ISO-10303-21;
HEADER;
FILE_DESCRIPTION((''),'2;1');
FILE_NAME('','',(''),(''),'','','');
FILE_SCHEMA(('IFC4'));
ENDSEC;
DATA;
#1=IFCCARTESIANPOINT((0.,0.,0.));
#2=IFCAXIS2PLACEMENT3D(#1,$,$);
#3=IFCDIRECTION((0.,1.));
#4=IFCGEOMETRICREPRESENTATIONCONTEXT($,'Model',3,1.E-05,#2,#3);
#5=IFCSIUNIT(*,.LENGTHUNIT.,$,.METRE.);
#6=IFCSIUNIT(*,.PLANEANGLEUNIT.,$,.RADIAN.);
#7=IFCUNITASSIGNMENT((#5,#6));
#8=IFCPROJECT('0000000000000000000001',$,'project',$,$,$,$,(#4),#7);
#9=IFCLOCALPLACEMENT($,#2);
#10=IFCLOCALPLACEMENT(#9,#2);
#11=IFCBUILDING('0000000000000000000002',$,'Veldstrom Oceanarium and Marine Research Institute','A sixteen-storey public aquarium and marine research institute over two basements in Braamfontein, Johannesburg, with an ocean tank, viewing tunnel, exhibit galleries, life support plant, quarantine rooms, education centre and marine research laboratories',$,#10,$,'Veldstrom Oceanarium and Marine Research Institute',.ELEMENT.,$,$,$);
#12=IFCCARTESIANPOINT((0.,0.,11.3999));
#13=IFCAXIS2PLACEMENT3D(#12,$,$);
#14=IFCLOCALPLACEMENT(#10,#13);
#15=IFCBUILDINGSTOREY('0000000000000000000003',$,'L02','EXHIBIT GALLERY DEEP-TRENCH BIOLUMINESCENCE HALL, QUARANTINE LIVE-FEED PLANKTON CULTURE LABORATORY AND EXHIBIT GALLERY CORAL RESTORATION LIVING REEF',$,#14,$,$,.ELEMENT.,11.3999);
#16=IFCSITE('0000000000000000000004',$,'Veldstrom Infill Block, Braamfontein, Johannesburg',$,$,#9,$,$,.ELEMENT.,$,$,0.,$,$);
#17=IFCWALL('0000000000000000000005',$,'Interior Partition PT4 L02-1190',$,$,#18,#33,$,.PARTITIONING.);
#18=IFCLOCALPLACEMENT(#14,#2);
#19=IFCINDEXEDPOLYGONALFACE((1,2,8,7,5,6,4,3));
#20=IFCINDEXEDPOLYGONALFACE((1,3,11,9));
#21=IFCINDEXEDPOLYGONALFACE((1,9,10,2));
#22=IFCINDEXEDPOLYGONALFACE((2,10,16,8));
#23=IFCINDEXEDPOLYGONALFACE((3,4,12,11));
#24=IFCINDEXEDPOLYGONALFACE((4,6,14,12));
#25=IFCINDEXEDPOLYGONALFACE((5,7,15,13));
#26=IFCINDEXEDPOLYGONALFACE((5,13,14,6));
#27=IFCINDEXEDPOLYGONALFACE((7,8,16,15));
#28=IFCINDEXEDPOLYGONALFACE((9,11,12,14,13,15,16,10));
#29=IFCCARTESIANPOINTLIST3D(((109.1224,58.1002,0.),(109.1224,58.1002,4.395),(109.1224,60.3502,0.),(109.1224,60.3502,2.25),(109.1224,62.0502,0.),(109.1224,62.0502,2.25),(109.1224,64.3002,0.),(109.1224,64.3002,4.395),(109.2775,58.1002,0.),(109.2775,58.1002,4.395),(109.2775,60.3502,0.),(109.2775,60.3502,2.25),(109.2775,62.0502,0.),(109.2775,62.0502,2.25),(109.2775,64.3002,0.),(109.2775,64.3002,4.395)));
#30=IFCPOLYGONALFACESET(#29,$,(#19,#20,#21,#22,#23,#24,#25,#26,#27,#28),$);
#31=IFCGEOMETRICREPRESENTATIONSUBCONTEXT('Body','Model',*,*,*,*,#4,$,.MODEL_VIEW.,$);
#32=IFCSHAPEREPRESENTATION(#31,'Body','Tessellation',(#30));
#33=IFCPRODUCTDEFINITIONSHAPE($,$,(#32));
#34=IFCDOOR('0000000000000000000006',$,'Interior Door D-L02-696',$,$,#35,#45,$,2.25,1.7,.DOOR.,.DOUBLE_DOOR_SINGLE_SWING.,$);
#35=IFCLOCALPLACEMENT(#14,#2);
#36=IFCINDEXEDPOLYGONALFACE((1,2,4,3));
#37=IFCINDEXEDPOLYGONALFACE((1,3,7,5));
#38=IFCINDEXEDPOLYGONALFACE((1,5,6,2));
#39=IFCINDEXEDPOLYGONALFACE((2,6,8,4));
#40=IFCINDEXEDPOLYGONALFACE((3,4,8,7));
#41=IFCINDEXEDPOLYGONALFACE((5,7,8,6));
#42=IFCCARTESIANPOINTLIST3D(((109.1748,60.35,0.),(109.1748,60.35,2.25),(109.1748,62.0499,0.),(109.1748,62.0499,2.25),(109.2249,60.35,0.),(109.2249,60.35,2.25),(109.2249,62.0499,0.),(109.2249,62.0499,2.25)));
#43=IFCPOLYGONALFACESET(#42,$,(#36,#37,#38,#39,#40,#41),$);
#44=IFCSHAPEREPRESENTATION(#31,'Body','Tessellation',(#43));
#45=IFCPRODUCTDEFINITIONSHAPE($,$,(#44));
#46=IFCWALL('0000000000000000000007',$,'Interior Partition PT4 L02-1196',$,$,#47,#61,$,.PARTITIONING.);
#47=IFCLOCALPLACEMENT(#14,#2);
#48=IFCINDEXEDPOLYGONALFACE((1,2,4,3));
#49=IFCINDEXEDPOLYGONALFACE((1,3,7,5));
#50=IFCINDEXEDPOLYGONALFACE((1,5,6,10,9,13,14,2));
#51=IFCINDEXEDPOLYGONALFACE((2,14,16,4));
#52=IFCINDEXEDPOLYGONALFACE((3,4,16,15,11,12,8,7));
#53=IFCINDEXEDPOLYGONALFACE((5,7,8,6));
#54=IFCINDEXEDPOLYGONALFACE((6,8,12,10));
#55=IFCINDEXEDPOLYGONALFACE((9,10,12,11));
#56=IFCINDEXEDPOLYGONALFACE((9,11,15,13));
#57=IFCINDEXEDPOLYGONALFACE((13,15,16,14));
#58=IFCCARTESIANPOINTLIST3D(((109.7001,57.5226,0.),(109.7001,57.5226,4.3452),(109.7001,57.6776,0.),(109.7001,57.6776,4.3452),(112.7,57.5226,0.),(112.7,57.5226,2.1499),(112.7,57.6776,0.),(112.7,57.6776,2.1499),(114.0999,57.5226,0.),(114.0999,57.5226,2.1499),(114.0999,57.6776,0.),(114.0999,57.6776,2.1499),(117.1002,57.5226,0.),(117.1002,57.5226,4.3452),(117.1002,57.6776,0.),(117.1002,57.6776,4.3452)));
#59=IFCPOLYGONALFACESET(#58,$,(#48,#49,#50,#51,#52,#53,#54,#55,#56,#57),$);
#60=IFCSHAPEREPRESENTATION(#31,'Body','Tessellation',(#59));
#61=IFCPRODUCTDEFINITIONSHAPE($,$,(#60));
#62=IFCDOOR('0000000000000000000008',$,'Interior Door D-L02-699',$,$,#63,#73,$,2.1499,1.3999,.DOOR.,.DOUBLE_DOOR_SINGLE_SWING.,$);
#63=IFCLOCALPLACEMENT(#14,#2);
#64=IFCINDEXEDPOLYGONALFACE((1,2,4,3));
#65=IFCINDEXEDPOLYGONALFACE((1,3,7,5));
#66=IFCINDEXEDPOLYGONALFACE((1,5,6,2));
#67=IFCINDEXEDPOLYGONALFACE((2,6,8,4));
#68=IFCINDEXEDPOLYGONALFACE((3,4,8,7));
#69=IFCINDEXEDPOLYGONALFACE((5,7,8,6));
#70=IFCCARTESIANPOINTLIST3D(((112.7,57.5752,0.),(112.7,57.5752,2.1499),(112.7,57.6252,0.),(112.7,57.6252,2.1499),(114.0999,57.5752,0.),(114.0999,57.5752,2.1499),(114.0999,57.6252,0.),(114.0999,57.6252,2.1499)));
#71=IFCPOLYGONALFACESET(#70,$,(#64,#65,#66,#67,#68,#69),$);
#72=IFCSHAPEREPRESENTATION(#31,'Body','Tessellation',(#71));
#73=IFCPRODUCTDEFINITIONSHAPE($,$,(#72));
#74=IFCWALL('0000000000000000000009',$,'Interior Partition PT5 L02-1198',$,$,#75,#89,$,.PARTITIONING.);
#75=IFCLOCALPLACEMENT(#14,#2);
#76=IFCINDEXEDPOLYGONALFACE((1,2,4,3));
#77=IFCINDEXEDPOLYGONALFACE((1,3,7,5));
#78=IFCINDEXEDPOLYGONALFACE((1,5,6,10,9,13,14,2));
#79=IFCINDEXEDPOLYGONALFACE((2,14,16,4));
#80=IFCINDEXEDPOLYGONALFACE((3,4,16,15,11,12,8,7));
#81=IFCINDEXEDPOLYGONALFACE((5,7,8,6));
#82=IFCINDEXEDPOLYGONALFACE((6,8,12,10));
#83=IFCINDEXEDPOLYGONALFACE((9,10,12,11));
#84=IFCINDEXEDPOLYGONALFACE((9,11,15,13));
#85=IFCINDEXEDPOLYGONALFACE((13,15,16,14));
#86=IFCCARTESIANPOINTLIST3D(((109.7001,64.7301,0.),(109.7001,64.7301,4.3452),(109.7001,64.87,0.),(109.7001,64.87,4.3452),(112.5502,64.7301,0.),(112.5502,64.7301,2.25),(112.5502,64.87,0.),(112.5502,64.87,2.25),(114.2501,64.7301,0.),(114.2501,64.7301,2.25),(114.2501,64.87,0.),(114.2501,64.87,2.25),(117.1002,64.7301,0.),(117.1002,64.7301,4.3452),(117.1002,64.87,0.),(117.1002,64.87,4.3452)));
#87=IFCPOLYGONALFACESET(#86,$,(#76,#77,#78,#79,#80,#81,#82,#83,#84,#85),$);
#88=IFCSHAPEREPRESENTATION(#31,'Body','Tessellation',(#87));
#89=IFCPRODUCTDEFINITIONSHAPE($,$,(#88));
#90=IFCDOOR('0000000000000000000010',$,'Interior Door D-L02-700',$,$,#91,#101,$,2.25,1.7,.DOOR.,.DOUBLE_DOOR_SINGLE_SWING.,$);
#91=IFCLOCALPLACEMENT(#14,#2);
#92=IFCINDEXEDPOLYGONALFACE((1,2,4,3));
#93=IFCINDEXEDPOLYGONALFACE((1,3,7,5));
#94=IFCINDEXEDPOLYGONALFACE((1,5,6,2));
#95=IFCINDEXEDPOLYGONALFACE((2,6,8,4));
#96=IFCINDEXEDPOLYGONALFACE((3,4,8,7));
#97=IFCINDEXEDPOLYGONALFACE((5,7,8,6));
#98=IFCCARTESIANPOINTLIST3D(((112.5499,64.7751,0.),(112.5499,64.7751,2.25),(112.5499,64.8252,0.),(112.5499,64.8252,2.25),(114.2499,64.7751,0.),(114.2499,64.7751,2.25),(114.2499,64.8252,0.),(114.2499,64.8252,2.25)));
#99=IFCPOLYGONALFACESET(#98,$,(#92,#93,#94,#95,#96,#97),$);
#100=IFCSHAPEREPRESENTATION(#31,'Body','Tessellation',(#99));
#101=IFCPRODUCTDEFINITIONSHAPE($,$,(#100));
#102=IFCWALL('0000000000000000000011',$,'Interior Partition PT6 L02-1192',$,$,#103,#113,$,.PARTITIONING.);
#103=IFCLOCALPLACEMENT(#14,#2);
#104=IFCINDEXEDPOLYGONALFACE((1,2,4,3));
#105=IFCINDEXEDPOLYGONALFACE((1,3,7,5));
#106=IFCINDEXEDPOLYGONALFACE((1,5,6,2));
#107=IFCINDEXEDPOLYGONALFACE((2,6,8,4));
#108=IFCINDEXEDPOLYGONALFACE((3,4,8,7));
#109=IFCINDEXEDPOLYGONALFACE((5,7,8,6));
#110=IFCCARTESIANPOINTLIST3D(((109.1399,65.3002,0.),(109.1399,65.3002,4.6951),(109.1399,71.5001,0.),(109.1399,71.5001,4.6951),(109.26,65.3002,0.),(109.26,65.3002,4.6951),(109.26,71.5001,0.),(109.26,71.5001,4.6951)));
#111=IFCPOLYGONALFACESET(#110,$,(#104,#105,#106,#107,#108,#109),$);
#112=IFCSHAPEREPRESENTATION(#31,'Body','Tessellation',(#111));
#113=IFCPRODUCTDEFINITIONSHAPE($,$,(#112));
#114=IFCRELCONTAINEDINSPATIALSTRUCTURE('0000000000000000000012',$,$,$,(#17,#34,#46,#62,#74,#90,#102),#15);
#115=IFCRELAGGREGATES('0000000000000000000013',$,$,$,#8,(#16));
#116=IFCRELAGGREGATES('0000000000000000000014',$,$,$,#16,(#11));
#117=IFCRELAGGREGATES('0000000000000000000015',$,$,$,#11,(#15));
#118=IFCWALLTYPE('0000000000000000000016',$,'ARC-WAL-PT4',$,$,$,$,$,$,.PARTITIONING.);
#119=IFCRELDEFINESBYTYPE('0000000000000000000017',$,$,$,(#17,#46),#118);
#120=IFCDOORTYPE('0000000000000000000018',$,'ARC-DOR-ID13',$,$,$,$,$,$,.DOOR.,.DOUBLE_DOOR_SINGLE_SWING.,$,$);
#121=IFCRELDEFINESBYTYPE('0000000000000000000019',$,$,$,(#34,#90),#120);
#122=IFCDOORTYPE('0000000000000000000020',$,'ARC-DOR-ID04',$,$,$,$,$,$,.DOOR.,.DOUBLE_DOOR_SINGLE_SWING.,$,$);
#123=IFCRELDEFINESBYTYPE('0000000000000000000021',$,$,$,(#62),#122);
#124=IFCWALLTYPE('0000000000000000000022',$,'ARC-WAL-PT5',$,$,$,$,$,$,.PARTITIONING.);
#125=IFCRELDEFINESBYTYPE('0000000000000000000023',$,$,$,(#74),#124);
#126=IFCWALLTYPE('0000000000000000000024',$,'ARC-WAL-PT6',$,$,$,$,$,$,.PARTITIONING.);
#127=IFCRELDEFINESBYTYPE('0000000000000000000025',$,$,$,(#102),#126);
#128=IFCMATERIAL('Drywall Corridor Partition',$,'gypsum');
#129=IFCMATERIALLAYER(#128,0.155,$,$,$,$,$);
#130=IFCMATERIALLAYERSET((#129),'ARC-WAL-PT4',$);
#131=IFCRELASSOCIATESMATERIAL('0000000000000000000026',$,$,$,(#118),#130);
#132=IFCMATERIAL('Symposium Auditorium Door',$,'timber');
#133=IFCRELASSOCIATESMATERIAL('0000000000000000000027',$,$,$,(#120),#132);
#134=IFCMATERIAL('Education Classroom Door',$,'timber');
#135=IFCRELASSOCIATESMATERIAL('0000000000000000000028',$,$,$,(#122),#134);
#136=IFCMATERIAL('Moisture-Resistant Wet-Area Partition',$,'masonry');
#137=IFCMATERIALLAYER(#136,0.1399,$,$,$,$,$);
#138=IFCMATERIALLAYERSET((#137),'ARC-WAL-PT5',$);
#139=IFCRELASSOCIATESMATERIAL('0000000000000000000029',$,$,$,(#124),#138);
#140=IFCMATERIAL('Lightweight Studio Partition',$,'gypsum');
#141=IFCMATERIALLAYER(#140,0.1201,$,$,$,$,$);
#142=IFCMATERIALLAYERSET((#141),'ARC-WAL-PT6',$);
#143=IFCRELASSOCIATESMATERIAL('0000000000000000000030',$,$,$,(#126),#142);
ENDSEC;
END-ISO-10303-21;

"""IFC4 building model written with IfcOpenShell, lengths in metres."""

from ifc_helpers import new_model, si_unit, direction, frame, frame_2d, origin, place, context, subcontext, project, spatial, rectangle, extrude, material, layer, layer_set, type_object, element, fill, save


model = new_model("IFC4")

# Units and contexts
model_context = context("Model", 3, precision=1e-05, world=origin(), true_north=direction((0.0, 1.0)))
body_context = subcontext(model_context, "Body", "Model", "MODEL_VIEW")
ifc_project = project(units=[si_unit("LENGTHUNIT", "METRE"), si_unit("PLANEANGLEUNIT", "RADIAN")], contexts=[model_context])

# Site, building, storey
site_placement = place(None, origin())
site = spatial("IfcSite", under=ifc_project, at=site_placement, Name="Veldstrom Infill Block, Braamfontein, Johannesburg", CompositionType="ELEMENT", RefElevation=0.0)
building_placement = place(site_placement, origin())
building = spatial("IfcBuilding", under=site, at=building_placement, Name="Veldstrom Oceanarium and Marine Research Institute", Description="A sixteen-storey public aquarium and marine research institute over two basements in Braamfontein, Johannesburg, with an ocean tank, viewing tunnel, exhibit galleries, life support plant, quarantine rooms, education centre and marine research laboratories", LongName="Veldstrom Oceanarium and Marine Research Institute", CompositionType="ELEMENT")
storey_placement = place(building_placement, frame((0.0, 0.0, 11.3999)))
storey = spatial("IfcBuildingStorey", under=building, at=storey_placement, Name="L02", Description="EXHIBIT GALLERY DEEP-TRENCH BIOLUMINESCENCE HALL, QUARANTINE LIVE-FEED PLANKTON CULTURE LABORATORY AND EXHIBIT GALLERY CORAL RESTORATION LIVING REEF", CompositionType="ELEMENT", Elevation=11.3999)

# Walls, openings, doors
ifc_material_1 = material(Name="Drywall Corridor Partition", Category="gypsum")
ifc_layer_1 = layer(ifc_material_1, 0.155)
ifc_layer_set_1 = layer_set([ifc_layer_1], Name="ARC-WAL-PT4")
wall_type_1 = type_object("IfcWallType", Name="ARC-WAL-PT4", PredefinedType="PARTITIONING", material=ifc_layer_set_1)
wall_1_placement = place(storey_placement, frame((109.2, 58.1001, 0.0), z_axis=(0.0, 0.0, 1.0), x_axis=(0.0, 1.0, 0.0)))
wall_1 = element("IfcWall", 1, at=wall_1_placement, inside=storey, type_object=wall_type_1, Name="Interior Partition PT4 L02-1190", PredefinedType="PARTITIONING", context=body_context, shape_type="SweptSolid", body=[
    extrude(rectangle(XDim=6.2, YDim=0.155, at=frame_2d((3.1001, 0.0))), origin(), (0.0, 0.0, 1.0), 4.395),
])
opening_1_placement = place(wall_1_placement, frame((2.25, 0.0, 0.0)))
opening_1 = element("IfcOpeningElement", 2, at=opening_1_placement, cuts=wall_1, PredefinedType="OPENING", context=body_context, shape_type="SweptSolid", body=[
    extrude(rectangle(XDim=1.7, YDim=2.25, at=frame_2d((0.8501, 1.125))), frame((0.0, 0.0874, 0.0), z_axis=(0.0, -1.0, 0.0), x_axis=(1.0, 0.0, 0.0)), (0.0, 0.0, 1.0), 0.175),
])
ifc_material_2 = material(Name="Symposium Auditorium Door", Category="timber")
door_type_1 = type_object("IfcDoorType", Name="ARC-DOR-ID13", OperationType="DOUBLE_DOOR_SINGLE_SWING", PredefinedType="DOOR", material=ifc_material_2)
door_1_placement = place(opening_1_placement, frame((1.7, 0.0, 0.0), z_axis=(0.0, 0.0, 1.0), x_axis=(-1.0, 0.0, 0.0)))
door_1 = element("IfcDoor", 3, at=door_1_placement, inside=storey, type_object=door_type_1, Name="Interior Door D-L02-696", OperationType="DOUBLE_DOOR_SINGLE_SWING", OverallHeight=2.25, OverallWidth=1.7, PredefinedType="DOOR", context=body_context, shape_type="SweptSolid", body=[
    extrude(rectangle(XDim=1.7, YDim=2.25, at=frame_2d((0.8501, 1.125))), frame((0.0, 0.0249, 0.0), z_axis=(0.0, -1.0, 0.0), x_axis=(1.0, 0.0, 0.0)), (0.0, 0.0, 1.0), 0.05),
])
fill(opening_1, door_1)
wall_2_placement = place(storey_placement, frame((109.7, 57.6001, 0.0), z_axis=(0.0, 0.0, 1.0), x_axis=(1.0, 0.0, 0.0)))
wall_2 = element("IfcWall", 4, at=wall_2_placement, inside=storey, type_object=wall_type_1, Name="Interior Partition PT4 L02-1196", PredefinedType="PARTITIONING", context=body_context, shape_type="SweptSolid", body=[
    extrude(rectangle(XDim=7.4001, YDim=0.155, at=frame_2d((3.7002, 0.0))), origin(), (0.0, 0.0, 1.0), 4.3452),
])
opening_2_placement = place(wall_2_placement, frame((3.0, 0.0, 0.0)))
opening_2 = element("IfcOpeningElement", 5, at=opening_2_placement, cuts=wall_2, PredefinedType="OPENING", context=body_context, shape_type="SweptSolid", body=[
    extrude(rectangle(XDim=1.3999, YDim=2.1499, at=frame_2d((0.7, 1.075))), frame((0.0, 0.0874, 0.0), z_axis=(0.0, -1.0, 0.0), x_axis=(1.0, 0.0, 0.0)), (0.0, 0.0, 1.0), 0.175),
])
ifc_material_3 = material(Name="Education Classroom Door", Category="timber")
door_type_2 = type_object("IfcDoorType", Name="ARC-DOR-ID04", OperationType="DOUBLE_DOOR_SINGLE_SWING", PredefinedType="DOOR", material=ifc_material_3)
door_2_placement = place(opening_2_placement, frame((1.3999, 0.0, 0.0), z_axis=(0.0, 0.0, 1.0), x_axis=(-1.0, 0.0, 0.0)))
door_2 = element("IfcDoor", 6, at=door_2_placement, inside=storey, type_object=door_type_2, Name="Interior Door D-L02-699", OperationType="DOUBLE_DOOR_SINGLE_SWING", OverallHeight=2.1499, OverallWidth=1.3999, PredefinedType="DOOR", context=body_context, shape_type="SweptSolid", body=[
    extrude(rectangle(XDim=1.3999, YDim=2.1499, at=frame_2d((0.7, 1.075))), frame((0.0, 0.0249, 0.0), z_axis=(0.0, -1.0, 0.0), x_axis=(1.0, 0.0, 0.0)), (0.0, 0.0, 1.0), 0.05),
])
fill(opening_2, door_2)
ifc_material_4 = material(Name="Moisture-Resistant Wet-Area Partition", Category="masonry")
ifc_layer_2 = layer(ifc_material_4, 0.1399)
ifc_layer_set_2 = layer_set([ifc_layer_2], Name="ARC-WAL-PT5")
wall_type_2 = type_object("IfcWallType", Name="ARC-WAL-PT5", PredefinedType="PARTITIONING", material=ifc_layer_set_2)
wall_3_placement = place(storey_placement, frame((109.7, 64.8, 0.0), z_axis=(0.0, 0.0, 1.0), x_axis=(1.0, 0.0, 0.0)))
wall_3 = element("IfcWall", 7, at=wall_3_placement, inside=storey, type_object=wall_type_2, Name="Interior Partition PT5 L02-1198", PredefinedType="PARTITIONING", context=body_context, shape_type="SweptSolid", body=[
    extrude(rectangle(XDim=7.4001, YDim=0.1399, at=frame_2d((3.7002, 0.0))), origin(), (0.0, 0.0, 1.0), 4.3452),
])
opening_3_placement = place(wall_3_placement, frame((2.8501, 0.0, 0.0)))
opening_3 = element("IfcOpeningElement", 8, at=opening_3_placement, cuts=wall_3, PredefinedType="OPENING", context=body_context, shape_type="SweptSolid", body=[
    extrude(rectangle(XDim=1.7, YDim=2.25, at=frame_2d((0.8501, 1.125))), frame((0.0, 0.0798, 0.0), z_axis=(0.0, -1.0, 0.0), x_axis=(1.0, 0.0, 0.0)), (0.0, 0.0, 1.0), 0.1599),
])
door_3_placement = place(opening_3_placement, frame((1.7, 0.0, 0.0), z_axis=(0.0, 0.0, 1.0), x_axis=(-1.0, 0.0, 0.0)))
door_3 = element("IfcDoor", 9, at=door_3_placement, inside=storey, type_object=door_type_1, Name="Interior Door D-L02-700", OperationType="DOUBLE_DOOR_SINGLE_SWING", OverallHeight=2.25, OverallWidth=1.7, PredefinedType="DOOR", context=body_context, shape_type="SweptSolid", body=[
    extrude(rectangle(XDim=1.7, YDim=2.25, at=frame_2d((0.8501, 1.125))), frame((0.0, 0.0249, 0.0), z_axis=(0.0, -1.0, 0.0), x_axis=(1.0, 0.0, 0.0)), (0.0, 0.0, 1.0), 0.05),
])
fill(opening_3, door_3)

# Wall
ifc_material_5 = material(Name="Lightweight Studio Partition", Category="gypsum")
ifc_layer_3 = layer(ifc_material_5, 0.1201)
ifc_layer_set_3 = layer_set([ifc_layer_3], Name="ARC-WAL-PT6")
wall_type_3 = type_object("IfcWallType", Name="ARC-WAL-PT6", PredefinedType="PARTITIONING", material=ifc_layer_set_3)
wall_4_placement = place(storey_placement, frame((109.2, 65.3, 0.0), z_axis=(0.0, 0.0, 1.0), x_axis=(0.0, 1.0, 0.0)))
element("IfcWall", 10, at=wall_4_placement, inside=storey, type_object=wall_type_3, Name="Interior Partition PT6 L02-1192", PredefinedType="PARTITIONING", context=body_context, shape_type="SweptSolid", body=[
    extrude(rectangle(XDim=6.2, YDim=0.1201, at=frame_2d((3.1001, 0.0))), origin(), (0.0, 0.0, 1.0), 4.6951),
])

save(model, "model.ifc")
